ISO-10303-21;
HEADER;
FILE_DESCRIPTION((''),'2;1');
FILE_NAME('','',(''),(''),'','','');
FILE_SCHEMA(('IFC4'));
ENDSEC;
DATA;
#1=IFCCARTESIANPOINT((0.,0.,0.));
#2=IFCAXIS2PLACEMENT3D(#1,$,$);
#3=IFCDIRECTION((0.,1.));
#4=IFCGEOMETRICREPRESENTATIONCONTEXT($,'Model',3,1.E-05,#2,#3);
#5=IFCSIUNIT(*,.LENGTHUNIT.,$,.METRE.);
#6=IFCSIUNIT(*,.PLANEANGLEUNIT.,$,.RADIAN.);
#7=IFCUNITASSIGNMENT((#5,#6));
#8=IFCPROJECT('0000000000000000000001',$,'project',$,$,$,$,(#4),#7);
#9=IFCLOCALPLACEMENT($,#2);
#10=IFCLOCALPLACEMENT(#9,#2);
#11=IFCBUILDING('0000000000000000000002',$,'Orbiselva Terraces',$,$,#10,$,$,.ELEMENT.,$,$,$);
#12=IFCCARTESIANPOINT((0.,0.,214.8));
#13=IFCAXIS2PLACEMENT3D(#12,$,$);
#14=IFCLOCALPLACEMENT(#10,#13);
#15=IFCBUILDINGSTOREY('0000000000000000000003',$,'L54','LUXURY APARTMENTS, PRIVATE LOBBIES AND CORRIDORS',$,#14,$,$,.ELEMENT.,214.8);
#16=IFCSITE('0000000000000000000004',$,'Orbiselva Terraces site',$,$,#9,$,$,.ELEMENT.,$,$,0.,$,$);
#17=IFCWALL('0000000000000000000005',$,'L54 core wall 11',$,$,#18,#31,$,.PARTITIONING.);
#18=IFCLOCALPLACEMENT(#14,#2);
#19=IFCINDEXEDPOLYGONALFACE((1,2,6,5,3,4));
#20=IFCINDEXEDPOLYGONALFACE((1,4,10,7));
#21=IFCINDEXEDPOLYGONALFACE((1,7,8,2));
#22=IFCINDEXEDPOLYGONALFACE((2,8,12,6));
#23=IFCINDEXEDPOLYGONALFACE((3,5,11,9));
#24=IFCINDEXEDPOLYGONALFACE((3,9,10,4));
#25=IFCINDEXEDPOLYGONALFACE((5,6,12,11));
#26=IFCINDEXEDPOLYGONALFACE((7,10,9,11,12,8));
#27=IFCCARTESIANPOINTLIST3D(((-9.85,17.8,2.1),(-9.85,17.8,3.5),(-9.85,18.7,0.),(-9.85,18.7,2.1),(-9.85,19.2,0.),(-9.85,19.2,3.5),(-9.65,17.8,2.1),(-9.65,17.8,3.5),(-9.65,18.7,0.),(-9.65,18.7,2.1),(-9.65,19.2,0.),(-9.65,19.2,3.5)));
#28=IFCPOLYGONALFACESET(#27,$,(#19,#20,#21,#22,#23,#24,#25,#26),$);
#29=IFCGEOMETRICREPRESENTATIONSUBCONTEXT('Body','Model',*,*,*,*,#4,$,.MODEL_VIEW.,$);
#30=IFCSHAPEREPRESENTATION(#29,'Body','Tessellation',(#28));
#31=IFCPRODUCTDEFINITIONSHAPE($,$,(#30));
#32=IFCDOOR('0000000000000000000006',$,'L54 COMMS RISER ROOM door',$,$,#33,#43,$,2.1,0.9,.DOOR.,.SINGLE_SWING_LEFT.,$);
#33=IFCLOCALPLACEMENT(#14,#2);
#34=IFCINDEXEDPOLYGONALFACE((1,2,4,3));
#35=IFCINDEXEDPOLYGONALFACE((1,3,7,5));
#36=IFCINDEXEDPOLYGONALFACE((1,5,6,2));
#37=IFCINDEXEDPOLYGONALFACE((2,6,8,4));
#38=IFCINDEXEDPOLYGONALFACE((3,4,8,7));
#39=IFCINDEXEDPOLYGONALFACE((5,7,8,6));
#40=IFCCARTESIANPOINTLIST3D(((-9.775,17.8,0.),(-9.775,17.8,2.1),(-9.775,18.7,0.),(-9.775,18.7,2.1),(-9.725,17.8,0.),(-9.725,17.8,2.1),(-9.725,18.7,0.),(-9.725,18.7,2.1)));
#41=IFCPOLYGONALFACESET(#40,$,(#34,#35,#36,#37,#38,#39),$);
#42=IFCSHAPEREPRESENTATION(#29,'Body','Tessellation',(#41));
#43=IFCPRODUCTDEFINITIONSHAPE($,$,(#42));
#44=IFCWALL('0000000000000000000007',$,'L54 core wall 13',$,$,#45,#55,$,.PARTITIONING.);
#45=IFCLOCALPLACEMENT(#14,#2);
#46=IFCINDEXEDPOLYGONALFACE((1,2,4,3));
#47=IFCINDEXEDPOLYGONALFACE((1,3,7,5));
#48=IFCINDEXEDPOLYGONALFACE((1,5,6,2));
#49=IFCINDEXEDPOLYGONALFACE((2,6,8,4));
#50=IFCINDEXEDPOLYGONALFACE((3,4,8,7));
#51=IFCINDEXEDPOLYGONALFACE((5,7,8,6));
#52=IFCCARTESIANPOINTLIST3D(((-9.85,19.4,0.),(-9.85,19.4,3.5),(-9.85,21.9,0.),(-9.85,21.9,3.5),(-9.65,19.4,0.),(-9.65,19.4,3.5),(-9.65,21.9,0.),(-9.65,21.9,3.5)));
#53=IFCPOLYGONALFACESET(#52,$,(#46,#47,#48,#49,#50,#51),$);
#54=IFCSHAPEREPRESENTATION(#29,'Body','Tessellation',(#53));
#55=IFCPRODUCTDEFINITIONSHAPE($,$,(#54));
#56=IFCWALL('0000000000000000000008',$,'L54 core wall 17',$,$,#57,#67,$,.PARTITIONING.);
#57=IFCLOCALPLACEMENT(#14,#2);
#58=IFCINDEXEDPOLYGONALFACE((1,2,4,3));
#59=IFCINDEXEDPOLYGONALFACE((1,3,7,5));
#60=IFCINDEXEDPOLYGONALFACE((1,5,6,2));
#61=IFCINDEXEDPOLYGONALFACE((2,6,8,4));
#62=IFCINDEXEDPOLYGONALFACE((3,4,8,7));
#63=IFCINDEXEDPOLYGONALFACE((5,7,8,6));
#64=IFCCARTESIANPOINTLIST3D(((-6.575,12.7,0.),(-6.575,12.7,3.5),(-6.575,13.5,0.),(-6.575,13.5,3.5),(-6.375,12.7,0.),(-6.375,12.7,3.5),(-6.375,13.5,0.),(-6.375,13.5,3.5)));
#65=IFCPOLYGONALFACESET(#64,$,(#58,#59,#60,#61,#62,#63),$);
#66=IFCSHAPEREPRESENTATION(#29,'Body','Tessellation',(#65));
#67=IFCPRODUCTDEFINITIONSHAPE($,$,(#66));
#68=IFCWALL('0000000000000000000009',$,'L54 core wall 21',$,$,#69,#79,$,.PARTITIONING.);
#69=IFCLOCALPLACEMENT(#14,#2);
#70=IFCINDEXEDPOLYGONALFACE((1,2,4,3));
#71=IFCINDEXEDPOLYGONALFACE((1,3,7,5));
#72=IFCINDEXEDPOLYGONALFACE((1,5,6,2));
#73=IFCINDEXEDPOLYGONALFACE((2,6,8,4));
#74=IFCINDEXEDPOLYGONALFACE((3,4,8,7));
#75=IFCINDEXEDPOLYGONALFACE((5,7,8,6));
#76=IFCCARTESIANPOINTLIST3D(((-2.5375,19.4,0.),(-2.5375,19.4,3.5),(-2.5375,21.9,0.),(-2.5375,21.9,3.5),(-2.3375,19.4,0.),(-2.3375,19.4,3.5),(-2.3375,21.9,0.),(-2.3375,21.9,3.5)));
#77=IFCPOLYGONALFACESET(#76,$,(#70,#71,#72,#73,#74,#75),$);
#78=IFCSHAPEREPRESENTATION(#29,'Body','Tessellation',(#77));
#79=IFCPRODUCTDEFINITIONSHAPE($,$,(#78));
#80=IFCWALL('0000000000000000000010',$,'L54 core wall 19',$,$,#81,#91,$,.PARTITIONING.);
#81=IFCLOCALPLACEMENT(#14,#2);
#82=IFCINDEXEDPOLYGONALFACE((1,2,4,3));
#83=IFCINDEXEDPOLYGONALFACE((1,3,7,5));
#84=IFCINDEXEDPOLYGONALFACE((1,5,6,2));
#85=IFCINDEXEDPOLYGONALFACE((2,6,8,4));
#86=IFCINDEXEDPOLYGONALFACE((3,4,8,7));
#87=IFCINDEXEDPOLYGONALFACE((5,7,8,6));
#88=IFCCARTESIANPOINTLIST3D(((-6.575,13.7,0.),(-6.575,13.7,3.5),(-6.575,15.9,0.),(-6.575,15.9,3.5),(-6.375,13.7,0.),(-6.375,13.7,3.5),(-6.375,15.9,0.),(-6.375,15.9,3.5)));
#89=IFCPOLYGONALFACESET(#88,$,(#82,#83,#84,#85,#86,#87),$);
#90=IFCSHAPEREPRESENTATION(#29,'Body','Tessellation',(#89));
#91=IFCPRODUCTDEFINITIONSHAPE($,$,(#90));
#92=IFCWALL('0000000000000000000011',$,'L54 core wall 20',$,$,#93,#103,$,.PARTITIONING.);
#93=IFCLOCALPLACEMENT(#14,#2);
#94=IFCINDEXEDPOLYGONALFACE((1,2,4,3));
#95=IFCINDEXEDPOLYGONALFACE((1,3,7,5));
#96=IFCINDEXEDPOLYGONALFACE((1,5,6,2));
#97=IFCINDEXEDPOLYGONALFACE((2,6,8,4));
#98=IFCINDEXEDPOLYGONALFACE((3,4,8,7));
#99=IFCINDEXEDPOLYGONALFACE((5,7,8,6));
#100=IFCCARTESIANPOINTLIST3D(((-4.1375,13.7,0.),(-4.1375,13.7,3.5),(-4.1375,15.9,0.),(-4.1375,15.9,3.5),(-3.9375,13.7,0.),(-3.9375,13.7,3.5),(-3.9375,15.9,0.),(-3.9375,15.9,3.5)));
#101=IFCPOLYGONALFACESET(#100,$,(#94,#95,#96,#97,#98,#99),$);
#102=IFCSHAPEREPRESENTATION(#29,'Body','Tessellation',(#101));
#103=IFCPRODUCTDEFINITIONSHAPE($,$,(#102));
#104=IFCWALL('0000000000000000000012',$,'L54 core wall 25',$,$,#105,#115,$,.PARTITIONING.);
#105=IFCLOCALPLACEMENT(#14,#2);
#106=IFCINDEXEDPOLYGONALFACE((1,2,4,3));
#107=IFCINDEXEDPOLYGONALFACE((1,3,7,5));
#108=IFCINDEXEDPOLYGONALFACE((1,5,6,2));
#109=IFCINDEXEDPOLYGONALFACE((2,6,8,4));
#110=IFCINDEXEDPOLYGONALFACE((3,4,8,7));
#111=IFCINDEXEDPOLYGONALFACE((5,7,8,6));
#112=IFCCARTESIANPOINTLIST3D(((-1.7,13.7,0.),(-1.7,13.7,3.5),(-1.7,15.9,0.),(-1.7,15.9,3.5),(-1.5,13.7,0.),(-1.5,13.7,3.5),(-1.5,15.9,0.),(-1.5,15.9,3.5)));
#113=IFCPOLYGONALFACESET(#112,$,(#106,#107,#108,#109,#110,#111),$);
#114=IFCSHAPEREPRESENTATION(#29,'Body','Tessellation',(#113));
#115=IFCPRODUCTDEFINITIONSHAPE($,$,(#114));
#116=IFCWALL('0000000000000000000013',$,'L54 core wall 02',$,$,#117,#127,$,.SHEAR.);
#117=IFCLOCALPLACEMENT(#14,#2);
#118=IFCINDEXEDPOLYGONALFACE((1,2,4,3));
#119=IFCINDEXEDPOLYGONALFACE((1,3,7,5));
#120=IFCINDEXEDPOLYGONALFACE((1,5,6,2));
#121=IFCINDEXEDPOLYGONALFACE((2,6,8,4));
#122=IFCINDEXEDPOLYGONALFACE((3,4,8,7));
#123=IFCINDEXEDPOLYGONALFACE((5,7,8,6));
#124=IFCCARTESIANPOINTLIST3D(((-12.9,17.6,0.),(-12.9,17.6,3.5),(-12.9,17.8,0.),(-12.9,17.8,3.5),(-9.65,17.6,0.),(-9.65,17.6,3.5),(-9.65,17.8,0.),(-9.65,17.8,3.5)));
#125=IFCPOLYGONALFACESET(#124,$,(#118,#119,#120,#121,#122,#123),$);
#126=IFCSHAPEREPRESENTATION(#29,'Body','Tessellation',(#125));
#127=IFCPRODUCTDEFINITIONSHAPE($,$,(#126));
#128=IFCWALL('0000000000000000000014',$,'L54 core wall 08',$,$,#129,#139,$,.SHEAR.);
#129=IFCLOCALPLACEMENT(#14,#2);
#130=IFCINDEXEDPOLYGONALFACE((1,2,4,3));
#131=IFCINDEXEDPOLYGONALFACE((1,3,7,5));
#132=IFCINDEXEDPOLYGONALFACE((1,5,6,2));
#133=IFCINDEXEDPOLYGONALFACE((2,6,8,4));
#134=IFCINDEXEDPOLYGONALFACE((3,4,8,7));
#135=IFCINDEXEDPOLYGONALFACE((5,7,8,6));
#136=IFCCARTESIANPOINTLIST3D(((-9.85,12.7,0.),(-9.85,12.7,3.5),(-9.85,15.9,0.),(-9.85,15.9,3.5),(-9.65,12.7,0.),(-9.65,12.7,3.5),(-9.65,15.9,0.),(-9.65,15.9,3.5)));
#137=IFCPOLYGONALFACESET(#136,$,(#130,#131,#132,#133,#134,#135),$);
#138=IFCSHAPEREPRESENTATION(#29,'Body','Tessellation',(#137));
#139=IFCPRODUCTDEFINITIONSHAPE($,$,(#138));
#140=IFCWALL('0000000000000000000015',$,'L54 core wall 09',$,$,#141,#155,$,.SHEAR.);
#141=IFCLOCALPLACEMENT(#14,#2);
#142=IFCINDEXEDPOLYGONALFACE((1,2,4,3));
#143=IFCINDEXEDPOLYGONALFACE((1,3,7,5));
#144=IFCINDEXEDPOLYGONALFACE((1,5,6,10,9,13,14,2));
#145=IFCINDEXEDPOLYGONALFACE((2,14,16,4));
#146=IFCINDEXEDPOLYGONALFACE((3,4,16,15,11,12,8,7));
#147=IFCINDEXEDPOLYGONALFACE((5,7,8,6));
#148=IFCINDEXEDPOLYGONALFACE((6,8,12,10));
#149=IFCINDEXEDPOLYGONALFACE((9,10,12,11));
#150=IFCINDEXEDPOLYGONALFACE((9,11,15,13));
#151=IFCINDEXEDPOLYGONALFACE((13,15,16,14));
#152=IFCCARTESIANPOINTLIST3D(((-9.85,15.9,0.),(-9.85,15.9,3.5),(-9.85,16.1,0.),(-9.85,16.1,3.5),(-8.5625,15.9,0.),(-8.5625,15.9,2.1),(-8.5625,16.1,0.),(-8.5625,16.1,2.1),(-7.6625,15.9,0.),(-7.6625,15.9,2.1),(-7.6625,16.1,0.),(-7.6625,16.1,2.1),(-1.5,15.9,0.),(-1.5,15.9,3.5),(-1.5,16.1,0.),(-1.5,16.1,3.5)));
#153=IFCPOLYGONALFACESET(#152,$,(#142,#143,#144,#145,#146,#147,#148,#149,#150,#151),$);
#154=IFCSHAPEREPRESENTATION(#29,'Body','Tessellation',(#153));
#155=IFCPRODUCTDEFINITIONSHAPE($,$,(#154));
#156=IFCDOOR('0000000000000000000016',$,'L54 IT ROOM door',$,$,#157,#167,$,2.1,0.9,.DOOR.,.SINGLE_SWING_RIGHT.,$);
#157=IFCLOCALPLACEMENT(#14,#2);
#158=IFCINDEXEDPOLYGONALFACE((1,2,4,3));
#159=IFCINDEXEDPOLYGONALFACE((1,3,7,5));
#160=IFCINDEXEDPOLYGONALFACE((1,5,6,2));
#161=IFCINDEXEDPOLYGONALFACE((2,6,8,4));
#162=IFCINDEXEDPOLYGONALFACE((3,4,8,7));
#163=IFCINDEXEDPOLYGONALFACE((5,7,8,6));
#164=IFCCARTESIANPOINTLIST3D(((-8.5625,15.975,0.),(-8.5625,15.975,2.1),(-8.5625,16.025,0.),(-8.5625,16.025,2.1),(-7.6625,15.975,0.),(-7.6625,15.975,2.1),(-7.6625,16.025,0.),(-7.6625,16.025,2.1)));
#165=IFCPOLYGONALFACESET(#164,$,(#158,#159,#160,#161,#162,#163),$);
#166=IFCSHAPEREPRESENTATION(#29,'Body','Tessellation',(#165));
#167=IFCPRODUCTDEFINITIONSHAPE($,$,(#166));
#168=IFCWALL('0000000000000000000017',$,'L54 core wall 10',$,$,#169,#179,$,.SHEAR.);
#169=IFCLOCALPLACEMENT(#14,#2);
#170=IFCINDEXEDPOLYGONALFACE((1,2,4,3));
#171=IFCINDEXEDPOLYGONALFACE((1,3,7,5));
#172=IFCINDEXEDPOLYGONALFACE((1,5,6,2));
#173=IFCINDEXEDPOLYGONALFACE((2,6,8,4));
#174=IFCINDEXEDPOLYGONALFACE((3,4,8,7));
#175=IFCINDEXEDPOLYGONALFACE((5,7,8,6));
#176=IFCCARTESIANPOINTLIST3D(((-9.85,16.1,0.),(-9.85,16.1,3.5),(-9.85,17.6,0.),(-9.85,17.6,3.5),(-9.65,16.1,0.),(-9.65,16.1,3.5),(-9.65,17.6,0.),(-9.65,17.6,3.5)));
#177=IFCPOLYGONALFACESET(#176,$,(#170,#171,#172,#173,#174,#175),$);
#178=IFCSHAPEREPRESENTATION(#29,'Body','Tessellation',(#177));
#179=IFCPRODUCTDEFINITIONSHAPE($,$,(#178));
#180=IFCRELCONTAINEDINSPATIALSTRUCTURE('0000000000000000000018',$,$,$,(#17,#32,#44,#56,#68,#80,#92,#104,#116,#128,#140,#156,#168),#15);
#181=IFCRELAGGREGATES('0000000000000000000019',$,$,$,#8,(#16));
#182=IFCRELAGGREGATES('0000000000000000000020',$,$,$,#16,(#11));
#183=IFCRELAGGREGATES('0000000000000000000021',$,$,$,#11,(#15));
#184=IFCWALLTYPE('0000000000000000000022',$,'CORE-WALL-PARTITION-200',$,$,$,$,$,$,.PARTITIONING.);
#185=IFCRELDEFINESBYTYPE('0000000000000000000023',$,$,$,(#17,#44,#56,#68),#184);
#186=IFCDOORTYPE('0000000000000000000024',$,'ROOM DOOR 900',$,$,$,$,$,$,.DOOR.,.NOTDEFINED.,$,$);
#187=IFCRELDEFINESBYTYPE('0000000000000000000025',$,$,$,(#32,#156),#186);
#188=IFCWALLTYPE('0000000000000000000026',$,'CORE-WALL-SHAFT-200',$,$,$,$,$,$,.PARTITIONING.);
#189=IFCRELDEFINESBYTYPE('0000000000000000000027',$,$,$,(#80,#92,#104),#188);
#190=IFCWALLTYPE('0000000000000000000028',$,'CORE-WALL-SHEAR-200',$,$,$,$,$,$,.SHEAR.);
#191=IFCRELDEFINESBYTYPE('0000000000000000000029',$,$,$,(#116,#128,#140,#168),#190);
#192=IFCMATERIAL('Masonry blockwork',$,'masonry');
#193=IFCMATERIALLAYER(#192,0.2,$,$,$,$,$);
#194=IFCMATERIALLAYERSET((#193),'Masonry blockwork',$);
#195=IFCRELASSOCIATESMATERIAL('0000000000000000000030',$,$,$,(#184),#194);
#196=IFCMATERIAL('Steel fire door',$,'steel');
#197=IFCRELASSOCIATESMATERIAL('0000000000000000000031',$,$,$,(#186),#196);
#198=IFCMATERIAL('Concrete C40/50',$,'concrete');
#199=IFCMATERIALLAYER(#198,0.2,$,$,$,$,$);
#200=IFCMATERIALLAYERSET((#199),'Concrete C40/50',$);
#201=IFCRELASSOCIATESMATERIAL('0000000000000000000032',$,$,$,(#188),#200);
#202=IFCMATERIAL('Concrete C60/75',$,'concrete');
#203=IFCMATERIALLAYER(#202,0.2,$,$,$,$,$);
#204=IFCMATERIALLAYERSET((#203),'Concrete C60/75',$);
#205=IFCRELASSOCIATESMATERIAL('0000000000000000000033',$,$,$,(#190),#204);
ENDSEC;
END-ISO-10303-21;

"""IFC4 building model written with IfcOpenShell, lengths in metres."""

from ifc_helpers import new_model, si_unit, direction, frame, frame_2d, origin, place, context, subcontext, project, spatial, rectangle, extrude, material, layer, layer_set, type_object, element, fill, save


model = new_model("IFC4")

# Units and contexts
model_context = context("Model", 3, precision=1e-05, world=origin(), true_north=direction((0.0, 1.0)))
body_context = subcontext(model_context, "Body", "Model", "MODEL_VIEW")
ifc_project = project(units=[si_unit("LENGTHUNIT", "METRE"), si_unit("PLANEANGLEUNIT", "RADIAN")], contexts=[model_context])

# Site, building, storey
site_placement = place(None, origin())
site = spatial("IfcSite", under=ifc_project, at=site_placement, Name="Orbiselva Terraces site", CompositionType="ELEMENT", RefElevation=0.0)
building_placement = place(site_placement, origin())
building = spatial("IfcBuilding", under=site, at=building_placement, Name="Orbiselva Terraces", CompositionType="ELEMENT")
storey_placement = place(building_placement, frame((0.0, 0.0, 214.8)))
storey = spatial("IfcBuildingStorey", under=building, at=storey_placement, Name="L54", Description="LUXURY APARTMENTS, PRIVATE LOBBIES AND CORRIDORS", CompositionType="ELEMENT", Elevation=214.8)

# Wall, opening, door
ifc_material_1 = material(Name="Masonry blockwork", Category="masonry")
ifc_layer_1 = layer(ifc_material_1, 0.2)
ifc_layer_set_1 = layer_set([ifc_layer_1], Name="Masonry blockwork")
wall_type_1 = type_object("IfcWallType", Name="CORE-WALL-PARTITION-200", PredefinedType="PARTITIONING", material=ifc_layer_set_1)
wall_1_placement = place(storey_placement, frame((-9.75, 17.8, 0.0), z_axis=(0.0, 0.0, 1.0), x_axis=(0.0, 1.0, 0.0)))
wall_1 = element("IfcWall", 1, at=wall_1_placement, inside=storey, type_object=wall_type_1, Name="L54 core wall 11", PredefinedType="PARTITIONING", context=body_context, shape_type="SweptSolid", body=[
    extrude(rectangle(XDim=1.4, YDim=0.2, at=frame_2d((0.7, 0.0))), origin(), (0.0, 0.0, 1.0), 3.5),
])
opening_1_placement = place(wall_1_placement, origin())
opening_1 = element("IfcOpeningElement", 2, at=opening_1_placement, cuts=wall_1, PredefinedType="OPENING", context=body_context, shape_type="SweptSolid", body=[
    extrude(rectangle(XDim=0.9, YDim=2.1, at=frame_2d((0.45, 1.05))), frame((0.0, 0.11, 0.0), z_axis=(0.0, -1.0, 0.0), x_axis=(1.0, 0.0, 0.0)), (0.0, 0.0, 1.0), 0.22),
])
ifc_material_2 = material(Name="Steel fire door", Category="steel")
door_type_1 = type_object("IfcDoorType", Name="ROOM DOOR 900", OperationType="NOTDEFINED", PredefinedType="DOOR", material=ifc_material_2)
door_1_placement = place(opening_1_placement, origin())
door_1 = element("IfcDoor", 3, at=door_1_placement, inside=storey, type_object=door_type_1, Name="L54 COMMS RISER ROOM door", OperationType="SINGLE_SWING_LEFT", OverallHeight=2.1, OverallWidth=0.9, PredefinedType="DOOR", context=body_context, shape_type="SweptSolid", body=[
    extrude(rectangle(XDim=0.9, YDim=2.1, at=frame_2d((0.45, 1.05))), frame((0.0, 0.025, 0.0), z_axis=(0.0, -1.0, 0.0), x_axis=(1.0, 0.0, 0.0)), (0.0, 0.0, 1.0), 0.05),
])
fill(opening_1, door_1)

# Walls
wall_2_placement = place(storey_placement, frame((-9.75, 19.4, 0.0), z_axis=(0.0, 0.0, 1.0), x_axis=(0.0, 1.0, 0.0)))
element("IfcWall", 4, at=wall_2_placement, inside=storey, type_object=wall_type_1, Name="L54 core wall 13", PredefinedType="PARTITIONING", context=body_context, shape_type="SweptSolid", body=[
    extrude(rectangle(XDim=2.5, YDim=0.2, at=frame_2d((1.25, 0.0))), origin(), (0.0, 0.0, 1.0), 3.5),
])
wall_3_placement = place(storey_placement, frame((-6.475, 12.7, 0.0), z_axis=(0.0, 0.0, 1.0), x_axis=(0.0, 1.0, 0.0)))
element("IfcWall", 5, at=wall_3_placement, inside=storey, type_object=wall_type_1, Name="L54 core wall 17", PredefinedType="PARTITIONING", context=body_context, shape_type="SweptSolid", body=[
    extrude(rectangle(XDim=0.8, YDim=0.2, at=frame_2d((0.4, 0.0))), origin(), (0.0, 0.0, 1.0), 3.5),
])
wall_4_placement = place(storey_placement, frame((-2.4375, 19.4, 0.0), z_axis=(0.0, 0.0, 1.0), x_axis=(0.0, 1.0, 0.0)))
element("IfcWall", 6, at=wall_4_placement, inside=storey, type_object=wall_type_1, Name="L54 core wall 21", PredefinedType="PARTITIONING", context=body_context, shape_type="SweptSolid", body=[
    extrude(rectangle(XDim=2.5, YDim=0.2, at=frame_2d((1.25, 0.0))), origin(), (0.0, 0.0, 1.0), 3.5),
])
ifc_material_3 = material(Name="Concrete C40/50", Category="concrete")
ifc_layer_2 = layer(ifc_material_3, 0.2)
ifc_layer_set_2 = layer_set([ifc_layer_2], Name="Concrete C40/50")
wall_type_2 = type_object("IfcWallType", Name="CORE-WALL-SHAFT-200", PredefinedType="PARTITIONING", material=ifc_layer_set_2)
for number, where, z_axis, x_axis, name in (
    (7, (-6.475, 13.7, 0.0), (0.0, 0.0, 1.0), (0.0, 1.0, 0.0), "L54 core wall 19"),
    (8, (-4.0375, 13.7, 0.0), (0.0, 0.0, 1.0), (0.0, 1.0, 0.0), "L54 core wall 20"),
    (9, (-1.6, 13.7, 0.0), (0.0, 0.0, 1.0), (0.0, 1.0, 0.0), "L54 core wall 25"),
):
    element("IfcWall", number, at=place(storey_placement, frame(where, z_axis=z_axis, x_axis=x_axis)), inside=storey, type_object=wall_type_2, Name=name, PredefinedType="PARTITIONING", context=body_context, shape_type="SweptSolid", body=[
        extrude(rectangle(XDim=2.2, YDim=0.2, at=frame_2d((1.1, 0.0))), origin(), (0.0, 0.0, 1.0), 3.5),
    ])
ifc_material_4 = material(Name="Concrete C60/75", Category="concrete")
ifc_layer_3 = layer(ifc_material_4, 0.2)
ifc_layer_set_3 = layer_set([ifc_layer_3], Name="Concrete C60/75")
wall_type_3 = type_object("IfcWallType", Name="CORE-WALL-SHEAR-200", PredefinedType="SHEAR", material=ifc_layer_set_3)
wall_5_placement = place(storey_placement, frame((-12.9, 17.7, 0.0), z_axis=(0.0, 0.0, 1.0), x_axis=(1.0, 0.0, 0.0)))
element("IfcWall", 10, at=wall_5_placement, inside=storey, type_object=wall_type_3, Name="L54 core wall 02", PredefinedType="SHEAR", context=body_context, shape_type="SweptSolid", body=[
    extrude(rectangle(XDim=3.25, YDim=0.2, at=frame_2d((1.625, 0.0))), origin(), (0.0, 0.0, 1.0), 3.5),
])
wall_6_placement = place(storey_placement, frame((-9.75, 12.7, 0.0), z_axis=(0.0, 0.0, 1.0), x_axis=(0.0, 1.0, 0.0)))
element("IfcWall", 11, at=wall_6_placement, inside=storey, type_object=wall_type_3, Name="L54 core wall 08", PredefinedType="SHEAR", context=body_context, shape_type="SweptSolid", body=[
    extrude(rectangle(XDim=3.2, YDim=0.2, at=frame_2d((1.6, 0.0))), origin(), (0.0, 0.0, 1.0), 3.5),
])

# Wall, opening, door
wall_7_placement = place(storey_placement, frame((-1.5, 16.0, 0.0), z_axis=(0.0, 0.0, 1.0), x_axis=(-1.0, 0.0, 0.0)))
wall_7 = element("IfcWall", 12, at=wall_7_placement, inside=storey, type_object=wall_type_3, Name="L54 core wall 09", PredefinedType="SHEAR", context=body_context, shape_type="SweptSolid", body=[
    extrude(rectangle(XDim=8.35, YDim=0.2, at=frame_2d((4.175, 0.0))), origin(), (0.0, 0.0, 1.0), 3.5),
])
opening_2_placement = place(wall_7_placement, frame((6.1625, 0.0, 0.0)))
opening_2 = element("IfcOpeningElement", 13, at=opening_2_placement, cuts=wall_7, PredefinedType="OPENING", context=body_context, shape_type="SweptSolid", body=[
    extrude(rectangle(XDim=0.9, YDim=2.1, at=frame_2d((0.45, 1.05))), frame((0.0, 0.11, 0.0), z_axis=(0.0, -1.0, 0.0), x_axis=(1.0, 0.0, 0.0)), (0.0, 0.0, 1.0), 0.22),
])
door_2_placement = place(opening_2_placement, origin())
door_2 = element("IfcDoor", 14, at=door_2_placement, inside=storey, type_object=door_type_1, Name="L54 IT ROOM door", OperationType="SINGLE_SWING_RIGHT", OverallHeight=2.1, OverallWidth=0.9, PredefinedType="DOOR", context=body_context, shape_type="SweptSolid", body=[
    extrude(rectangle(XDim=0.9, YDim=2.1, at=frame_2d((0.45, 1.05))), frame((0.0, 0.025, 0.0), z_axis=(0.0, -1.0, 0.0), x_axis=(1.0, 0.0, 0.0)), (0.0, 0.0, 1.0), 0.05),
])
fill(opening_2, door_2)

# Wall
wall_8_placement = place(storey_placement, frame((-9.75, 16.1, 0.0), z_axis=(0.0, 0.0, 1.0), x_axis=(0.0, 1.0, 0.0)))
element("IfcWall", 15, at=wall_8_placement, inside=storey, type_object=wall_type_3, Name="L54 core wall 10", PredefinedType="SHEAR", context=body_context, shape_type="SweptSolid", body=[
    extrude(rectangle(XDim=1.5, YDim=0.2, at=frame_2d((0.75, 0.0))), origin(), (0.0, 0.0, 1.0), 3.5),
])

save(model, "model.ifc")
